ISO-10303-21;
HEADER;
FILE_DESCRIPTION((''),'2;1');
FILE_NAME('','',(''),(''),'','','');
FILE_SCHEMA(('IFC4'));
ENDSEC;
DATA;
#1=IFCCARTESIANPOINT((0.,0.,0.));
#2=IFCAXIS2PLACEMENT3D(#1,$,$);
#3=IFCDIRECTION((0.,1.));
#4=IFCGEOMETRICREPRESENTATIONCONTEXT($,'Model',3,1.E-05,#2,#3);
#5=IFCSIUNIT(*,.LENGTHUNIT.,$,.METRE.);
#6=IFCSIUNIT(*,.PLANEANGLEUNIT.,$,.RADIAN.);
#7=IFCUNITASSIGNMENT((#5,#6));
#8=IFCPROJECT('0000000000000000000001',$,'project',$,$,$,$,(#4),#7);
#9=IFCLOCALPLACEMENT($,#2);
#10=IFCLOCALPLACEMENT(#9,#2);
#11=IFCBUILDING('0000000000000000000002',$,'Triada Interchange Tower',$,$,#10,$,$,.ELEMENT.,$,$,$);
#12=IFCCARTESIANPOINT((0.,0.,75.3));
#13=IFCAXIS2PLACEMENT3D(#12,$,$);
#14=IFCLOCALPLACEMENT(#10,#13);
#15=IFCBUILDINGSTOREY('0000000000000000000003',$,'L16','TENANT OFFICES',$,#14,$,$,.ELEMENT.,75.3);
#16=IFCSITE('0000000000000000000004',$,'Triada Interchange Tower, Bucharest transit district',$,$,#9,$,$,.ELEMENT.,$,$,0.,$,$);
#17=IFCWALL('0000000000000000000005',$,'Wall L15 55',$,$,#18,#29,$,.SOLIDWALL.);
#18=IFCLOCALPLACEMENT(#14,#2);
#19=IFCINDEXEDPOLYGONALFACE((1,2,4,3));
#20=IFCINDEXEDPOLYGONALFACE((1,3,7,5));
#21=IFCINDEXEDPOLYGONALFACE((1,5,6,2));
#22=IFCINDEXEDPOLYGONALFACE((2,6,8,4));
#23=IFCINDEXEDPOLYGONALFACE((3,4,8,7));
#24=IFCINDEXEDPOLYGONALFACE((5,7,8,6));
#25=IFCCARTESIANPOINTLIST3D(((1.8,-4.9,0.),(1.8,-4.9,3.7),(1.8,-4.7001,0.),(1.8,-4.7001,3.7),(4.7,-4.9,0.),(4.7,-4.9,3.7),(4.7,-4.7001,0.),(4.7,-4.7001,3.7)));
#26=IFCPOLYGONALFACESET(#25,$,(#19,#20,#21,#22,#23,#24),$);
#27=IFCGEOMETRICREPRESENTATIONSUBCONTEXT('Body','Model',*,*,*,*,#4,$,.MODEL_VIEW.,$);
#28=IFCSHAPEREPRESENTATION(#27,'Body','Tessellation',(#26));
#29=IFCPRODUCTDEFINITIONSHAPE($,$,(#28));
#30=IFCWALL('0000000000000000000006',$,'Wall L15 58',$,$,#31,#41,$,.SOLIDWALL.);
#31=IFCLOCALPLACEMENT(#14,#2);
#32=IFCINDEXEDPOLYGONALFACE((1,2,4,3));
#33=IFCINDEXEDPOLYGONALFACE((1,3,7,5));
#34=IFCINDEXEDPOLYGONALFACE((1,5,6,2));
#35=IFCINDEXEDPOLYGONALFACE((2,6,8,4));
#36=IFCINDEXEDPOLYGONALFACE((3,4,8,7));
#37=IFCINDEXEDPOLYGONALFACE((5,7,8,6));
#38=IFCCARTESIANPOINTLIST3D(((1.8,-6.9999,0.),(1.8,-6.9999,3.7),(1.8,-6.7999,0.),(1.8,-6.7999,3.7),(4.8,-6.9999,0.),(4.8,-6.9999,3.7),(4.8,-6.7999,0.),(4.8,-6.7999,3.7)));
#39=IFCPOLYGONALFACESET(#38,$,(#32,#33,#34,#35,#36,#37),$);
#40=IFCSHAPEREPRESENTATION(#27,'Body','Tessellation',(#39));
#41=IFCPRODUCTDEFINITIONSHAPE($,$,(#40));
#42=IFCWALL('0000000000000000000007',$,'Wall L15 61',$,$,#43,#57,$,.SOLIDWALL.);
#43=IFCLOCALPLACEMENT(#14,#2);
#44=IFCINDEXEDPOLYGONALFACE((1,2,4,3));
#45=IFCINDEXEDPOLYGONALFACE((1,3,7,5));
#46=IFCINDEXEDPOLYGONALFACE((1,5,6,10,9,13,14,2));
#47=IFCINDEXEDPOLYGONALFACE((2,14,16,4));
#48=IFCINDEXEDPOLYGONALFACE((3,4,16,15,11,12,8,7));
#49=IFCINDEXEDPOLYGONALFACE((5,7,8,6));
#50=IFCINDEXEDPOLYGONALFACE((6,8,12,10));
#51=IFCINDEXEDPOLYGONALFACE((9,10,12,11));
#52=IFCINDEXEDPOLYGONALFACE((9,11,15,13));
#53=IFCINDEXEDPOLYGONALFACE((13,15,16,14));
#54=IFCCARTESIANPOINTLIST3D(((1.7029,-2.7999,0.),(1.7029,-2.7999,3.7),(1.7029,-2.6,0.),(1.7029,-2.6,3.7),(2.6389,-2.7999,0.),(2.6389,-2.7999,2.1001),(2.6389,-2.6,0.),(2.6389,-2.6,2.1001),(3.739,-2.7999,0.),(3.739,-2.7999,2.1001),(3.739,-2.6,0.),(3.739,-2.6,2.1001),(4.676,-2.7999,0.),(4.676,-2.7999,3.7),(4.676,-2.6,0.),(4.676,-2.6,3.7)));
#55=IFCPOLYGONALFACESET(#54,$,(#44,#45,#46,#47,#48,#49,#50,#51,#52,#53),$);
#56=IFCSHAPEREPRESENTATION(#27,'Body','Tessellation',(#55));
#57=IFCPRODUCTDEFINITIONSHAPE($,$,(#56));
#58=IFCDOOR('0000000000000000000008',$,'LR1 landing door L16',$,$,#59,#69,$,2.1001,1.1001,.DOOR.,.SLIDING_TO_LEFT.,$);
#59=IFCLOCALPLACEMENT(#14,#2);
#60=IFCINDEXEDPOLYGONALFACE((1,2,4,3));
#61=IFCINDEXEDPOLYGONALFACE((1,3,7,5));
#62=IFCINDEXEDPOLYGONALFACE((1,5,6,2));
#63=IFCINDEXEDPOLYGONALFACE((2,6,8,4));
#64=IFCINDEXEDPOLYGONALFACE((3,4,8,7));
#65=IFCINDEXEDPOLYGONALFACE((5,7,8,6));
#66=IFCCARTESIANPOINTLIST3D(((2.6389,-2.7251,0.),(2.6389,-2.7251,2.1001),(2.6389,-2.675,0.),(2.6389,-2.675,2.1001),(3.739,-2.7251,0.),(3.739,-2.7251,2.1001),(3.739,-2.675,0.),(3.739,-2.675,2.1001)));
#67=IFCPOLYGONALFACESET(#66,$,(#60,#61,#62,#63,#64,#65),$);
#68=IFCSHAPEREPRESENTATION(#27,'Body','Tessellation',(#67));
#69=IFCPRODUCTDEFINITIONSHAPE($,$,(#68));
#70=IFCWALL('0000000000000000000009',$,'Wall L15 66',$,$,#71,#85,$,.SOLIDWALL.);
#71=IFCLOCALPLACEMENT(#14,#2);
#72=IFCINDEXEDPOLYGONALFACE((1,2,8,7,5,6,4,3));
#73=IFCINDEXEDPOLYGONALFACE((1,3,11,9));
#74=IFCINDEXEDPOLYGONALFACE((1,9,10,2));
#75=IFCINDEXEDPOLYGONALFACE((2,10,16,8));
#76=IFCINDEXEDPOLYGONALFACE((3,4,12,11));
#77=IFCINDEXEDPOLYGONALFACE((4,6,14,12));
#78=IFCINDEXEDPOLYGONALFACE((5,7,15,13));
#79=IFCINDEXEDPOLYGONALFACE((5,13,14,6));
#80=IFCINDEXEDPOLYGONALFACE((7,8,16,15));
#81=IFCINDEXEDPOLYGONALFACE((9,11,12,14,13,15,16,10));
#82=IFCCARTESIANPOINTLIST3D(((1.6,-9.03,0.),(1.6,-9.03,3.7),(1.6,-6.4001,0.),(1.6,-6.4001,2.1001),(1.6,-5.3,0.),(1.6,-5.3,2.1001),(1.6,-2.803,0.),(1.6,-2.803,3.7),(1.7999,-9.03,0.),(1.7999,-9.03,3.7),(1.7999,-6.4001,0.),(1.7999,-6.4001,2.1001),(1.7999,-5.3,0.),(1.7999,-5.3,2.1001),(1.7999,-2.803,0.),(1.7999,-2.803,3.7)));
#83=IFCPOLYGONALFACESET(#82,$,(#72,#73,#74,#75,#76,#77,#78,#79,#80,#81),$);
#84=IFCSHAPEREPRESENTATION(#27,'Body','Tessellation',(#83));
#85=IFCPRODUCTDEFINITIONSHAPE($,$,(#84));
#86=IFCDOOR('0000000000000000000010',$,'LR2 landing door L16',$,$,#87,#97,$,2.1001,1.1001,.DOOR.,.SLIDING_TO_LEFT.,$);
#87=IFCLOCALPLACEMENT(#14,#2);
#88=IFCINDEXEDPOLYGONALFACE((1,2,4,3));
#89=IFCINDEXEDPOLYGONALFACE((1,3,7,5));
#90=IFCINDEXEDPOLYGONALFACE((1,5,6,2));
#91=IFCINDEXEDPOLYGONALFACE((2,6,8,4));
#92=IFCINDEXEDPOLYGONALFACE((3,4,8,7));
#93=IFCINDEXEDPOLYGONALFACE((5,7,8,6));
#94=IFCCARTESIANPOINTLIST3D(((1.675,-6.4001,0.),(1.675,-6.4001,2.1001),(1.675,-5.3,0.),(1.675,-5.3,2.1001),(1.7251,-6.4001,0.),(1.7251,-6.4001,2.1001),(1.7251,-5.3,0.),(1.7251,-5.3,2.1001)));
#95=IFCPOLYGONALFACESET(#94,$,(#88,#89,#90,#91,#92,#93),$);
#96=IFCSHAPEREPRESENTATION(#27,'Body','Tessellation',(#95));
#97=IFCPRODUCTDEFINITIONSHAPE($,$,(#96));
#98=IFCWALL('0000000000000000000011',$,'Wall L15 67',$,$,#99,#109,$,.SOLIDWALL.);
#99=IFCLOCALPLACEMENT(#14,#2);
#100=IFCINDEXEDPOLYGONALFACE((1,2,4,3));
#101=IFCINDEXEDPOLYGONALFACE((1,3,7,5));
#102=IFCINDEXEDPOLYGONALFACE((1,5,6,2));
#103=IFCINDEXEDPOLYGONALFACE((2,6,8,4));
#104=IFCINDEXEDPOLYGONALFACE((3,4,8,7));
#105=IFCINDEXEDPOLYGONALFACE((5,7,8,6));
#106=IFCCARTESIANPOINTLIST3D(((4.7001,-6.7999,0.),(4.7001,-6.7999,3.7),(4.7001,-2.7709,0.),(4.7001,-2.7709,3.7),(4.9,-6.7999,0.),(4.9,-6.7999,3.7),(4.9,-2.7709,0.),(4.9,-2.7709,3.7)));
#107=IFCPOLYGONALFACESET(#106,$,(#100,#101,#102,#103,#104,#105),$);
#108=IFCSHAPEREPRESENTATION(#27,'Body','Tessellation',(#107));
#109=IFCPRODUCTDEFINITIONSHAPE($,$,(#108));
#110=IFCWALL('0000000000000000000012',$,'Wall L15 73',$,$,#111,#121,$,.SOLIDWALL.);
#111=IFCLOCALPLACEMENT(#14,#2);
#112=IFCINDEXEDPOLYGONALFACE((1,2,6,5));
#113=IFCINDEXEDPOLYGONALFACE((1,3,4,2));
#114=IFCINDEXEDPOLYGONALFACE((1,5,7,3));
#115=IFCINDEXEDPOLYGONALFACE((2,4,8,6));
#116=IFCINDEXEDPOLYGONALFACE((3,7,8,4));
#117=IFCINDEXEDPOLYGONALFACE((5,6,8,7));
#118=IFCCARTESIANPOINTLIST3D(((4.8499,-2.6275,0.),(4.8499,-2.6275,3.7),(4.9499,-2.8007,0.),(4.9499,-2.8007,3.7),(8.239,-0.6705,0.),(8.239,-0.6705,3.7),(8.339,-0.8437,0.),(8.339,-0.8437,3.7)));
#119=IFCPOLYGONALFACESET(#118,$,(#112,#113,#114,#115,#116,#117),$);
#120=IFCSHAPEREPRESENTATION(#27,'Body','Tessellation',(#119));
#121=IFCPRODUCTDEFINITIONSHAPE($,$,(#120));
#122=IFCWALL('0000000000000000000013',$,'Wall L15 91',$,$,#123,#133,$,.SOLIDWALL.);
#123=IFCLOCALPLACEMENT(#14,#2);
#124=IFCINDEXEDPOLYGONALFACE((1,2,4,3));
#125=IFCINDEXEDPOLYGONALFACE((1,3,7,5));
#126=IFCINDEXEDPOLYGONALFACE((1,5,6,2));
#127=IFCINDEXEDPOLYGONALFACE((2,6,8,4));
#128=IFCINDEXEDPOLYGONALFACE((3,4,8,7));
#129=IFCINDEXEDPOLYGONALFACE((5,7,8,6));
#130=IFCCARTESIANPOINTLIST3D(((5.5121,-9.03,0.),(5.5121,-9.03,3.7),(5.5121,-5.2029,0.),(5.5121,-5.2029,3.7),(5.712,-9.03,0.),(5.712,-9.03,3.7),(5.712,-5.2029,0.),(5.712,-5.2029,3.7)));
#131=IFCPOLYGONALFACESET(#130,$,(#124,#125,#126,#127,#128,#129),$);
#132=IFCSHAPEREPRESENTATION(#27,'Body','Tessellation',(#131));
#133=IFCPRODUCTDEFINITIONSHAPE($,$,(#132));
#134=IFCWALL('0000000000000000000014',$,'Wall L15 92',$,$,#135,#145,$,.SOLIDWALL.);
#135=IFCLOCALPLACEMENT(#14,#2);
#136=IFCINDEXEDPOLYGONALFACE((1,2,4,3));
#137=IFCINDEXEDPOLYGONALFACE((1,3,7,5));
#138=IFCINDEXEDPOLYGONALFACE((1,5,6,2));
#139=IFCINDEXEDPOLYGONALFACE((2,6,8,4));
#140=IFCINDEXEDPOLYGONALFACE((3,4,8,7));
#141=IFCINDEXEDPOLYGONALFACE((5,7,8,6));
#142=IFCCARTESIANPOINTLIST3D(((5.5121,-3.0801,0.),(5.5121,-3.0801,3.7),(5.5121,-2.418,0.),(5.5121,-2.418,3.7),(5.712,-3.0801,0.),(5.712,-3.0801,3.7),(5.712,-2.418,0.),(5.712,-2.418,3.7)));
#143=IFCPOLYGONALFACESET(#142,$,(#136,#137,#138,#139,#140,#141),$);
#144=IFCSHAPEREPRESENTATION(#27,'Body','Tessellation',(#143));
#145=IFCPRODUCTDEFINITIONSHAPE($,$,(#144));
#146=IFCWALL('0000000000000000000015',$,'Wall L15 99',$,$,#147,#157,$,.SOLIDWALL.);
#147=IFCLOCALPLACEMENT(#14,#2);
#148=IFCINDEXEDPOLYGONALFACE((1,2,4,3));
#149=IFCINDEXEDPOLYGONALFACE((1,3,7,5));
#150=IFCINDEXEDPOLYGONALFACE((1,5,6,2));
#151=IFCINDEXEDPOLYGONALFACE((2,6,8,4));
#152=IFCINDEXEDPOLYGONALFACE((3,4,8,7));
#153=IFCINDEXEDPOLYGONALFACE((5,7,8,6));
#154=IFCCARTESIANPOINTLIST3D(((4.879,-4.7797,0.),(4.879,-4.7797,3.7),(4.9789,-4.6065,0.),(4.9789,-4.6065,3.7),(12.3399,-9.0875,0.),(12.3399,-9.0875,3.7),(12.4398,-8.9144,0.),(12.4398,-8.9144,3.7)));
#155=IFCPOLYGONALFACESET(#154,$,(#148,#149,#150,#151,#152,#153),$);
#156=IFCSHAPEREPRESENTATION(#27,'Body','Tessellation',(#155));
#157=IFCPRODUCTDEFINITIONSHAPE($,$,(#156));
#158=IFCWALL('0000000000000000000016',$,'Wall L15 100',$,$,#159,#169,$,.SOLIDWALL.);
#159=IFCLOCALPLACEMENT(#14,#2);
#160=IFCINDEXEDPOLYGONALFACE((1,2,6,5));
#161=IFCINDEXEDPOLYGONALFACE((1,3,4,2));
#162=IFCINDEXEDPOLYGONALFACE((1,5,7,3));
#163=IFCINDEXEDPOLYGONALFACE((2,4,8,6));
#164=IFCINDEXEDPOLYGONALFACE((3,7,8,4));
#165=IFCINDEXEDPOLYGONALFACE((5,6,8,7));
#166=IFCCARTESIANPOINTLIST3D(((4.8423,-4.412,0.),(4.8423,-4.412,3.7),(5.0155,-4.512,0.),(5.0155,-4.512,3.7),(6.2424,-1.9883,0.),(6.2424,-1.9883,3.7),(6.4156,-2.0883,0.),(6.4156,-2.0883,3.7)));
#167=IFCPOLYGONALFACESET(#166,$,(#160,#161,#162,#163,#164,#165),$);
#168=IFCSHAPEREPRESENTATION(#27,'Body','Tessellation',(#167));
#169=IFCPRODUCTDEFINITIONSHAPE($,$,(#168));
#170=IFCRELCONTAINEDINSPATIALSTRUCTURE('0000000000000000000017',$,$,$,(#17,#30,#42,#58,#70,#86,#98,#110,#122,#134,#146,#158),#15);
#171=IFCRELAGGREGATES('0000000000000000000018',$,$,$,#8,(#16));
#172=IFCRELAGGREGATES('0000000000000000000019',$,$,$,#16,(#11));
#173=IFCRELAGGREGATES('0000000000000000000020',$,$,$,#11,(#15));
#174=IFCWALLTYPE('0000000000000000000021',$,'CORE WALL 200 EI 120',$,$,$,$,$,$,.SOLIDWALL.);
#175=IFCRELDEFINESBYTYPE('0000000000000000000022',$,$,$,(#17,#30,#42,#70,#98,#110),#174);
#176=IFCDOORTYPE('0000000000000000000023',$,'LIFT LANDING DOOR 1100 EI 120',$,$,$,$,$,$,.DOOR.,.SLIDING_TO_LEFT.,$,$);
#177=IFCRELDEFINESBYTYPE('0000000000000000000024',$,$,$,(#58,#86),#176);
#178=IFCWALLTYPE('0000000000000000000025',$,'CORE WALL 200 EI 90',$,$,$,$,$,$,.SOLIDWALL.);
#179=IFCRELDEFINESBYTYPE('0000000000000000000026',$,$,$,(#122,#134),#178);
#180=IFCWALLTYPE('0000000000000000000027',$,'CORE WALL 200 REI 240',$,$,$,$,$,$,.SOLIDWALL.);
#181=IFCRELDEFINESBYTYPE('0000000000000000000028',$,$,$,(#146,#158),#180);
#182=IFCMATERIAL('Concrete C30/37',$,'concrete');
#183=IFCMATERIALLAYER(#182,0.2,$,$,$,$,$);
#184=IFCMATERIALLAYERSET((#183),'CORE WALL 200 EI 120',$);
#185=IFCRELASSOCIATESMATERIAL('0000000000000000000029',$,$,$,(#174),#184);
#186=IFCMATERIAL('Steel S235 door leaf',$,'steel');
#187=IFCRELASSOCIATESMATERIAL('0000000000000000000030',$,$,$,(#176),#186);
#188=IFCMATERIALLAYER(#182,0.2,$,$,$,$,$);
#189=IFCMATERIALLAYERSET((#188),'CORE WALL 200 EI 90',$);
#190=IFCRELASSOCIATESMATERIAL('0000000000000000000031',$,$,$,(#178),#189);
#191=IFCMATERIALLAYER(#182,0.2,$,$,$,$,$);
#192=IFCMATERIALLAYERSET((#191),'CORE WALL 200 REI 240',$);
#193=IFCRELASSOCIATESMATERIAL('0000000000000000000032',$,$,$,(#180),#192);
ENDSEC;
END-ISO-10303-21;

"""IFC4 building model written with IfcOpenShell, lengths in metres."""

from ifc_helpers import new_model, si_unit, direction, frame, frame_2d, origin, place, context, subcontext, project, spatial, rectangle, extrude, material, layer, layer_set, type_object, element, fill, save


model = new_model("IFC4")

# Units and contexts
model_context = context("Model", 3, precision=1e-05, world=origin(), true_north=direction((0.0, 1.0)))
body_context = subcontext(model_context, "Body", "Model", "MODEL_VIEW")
ifc_project = project(units=[si_unit("LENGTHUNIT", "METRE"), si_unit("PLANEANGLEUNIT", "RADIAN")], contexts=[model_context])

# Site, building, storey
site_placement = place(None, origin())
site = spatial("IfcSite", under=ifc_project, at=site_placement, Name="Triada Interchange Tower, Bucharest transit district", CompositionType="ELEMENT", RefElevation=0.0)
building_placement = place(site_placement, origin())
building = spatial("IfcBuilding", under=site, at=building_placement, Name="Triada Interchange Tower", CompositionType="ELEMENT")
storey_placement = place(building_placement, frame((0.0, 0.0, 75.3)))
storey = spatial("IfcBuildingStorey", under=building, at=storey_placement, Name="L16", Description="TENANT OFFICES", CompositionType="ELEMENT", Elevation=75.3)

# Walls
ifc_material_1 = material(Name="Concrete C30/37", Category="concrete")
ifc_layer_1 = layer(ifc_material_1, 0.2)
ifc_layer_set_1 = layer_set([ifc_layer_1], Name="CORE WALL 200 EI 120")
wall_type_1 = type_object("IfcWallType", Name="CORE WALL 200 EI 120", PredefinedType="SOLIDWALL", material=ifc_layer_set_1)
wall_1_placement = place(storey_placement, frame((1.8, -4.8, 0.0), z_axis=(0.0, 0.0, 1.0), x_axis=(1.0, 0.0, 0.0)))
element("IfcWall", 1, at=wall_1_placement, inside=storey, type_object=wall_type_1, Name="Wall L15 55", PredefinedType="SOLIDWALL", context=body_context, shape_type="SweptSolid", body=[
    extrude(rectangle(XDim=2.8999, YDim=0.2, at=frame_2d((1.45, 0.0))), origin(), (0.0, 0.0, 1.0), 3.7),
])
wall_2_placement = place(storey_placement, frame((1.8, -6.8999, 0.0), z_axis=(0.0, 0.0, 1.0), x_axis=(1.0, 0.0, 0.0)))
element("IfcWall", 2, at=wall_2_placement, inside=storey, type_object=wall_type_1, Name="Wall L15 58", PredefinedType="SOLIDWALL", context=body_context, shape_type="SweptSolid", body=[
    extrude(rectangle(XDim=3.0, YDim=0.2, at=frame_2d((1.5, 0.0))), origin(), (0.0, 0.0, 1.0), 3.7),
])

# Walls, openings, doors
wall_3_placement = place(storey_placement, frame((1.7029, -2.7, 0.0), z_axis=(0.0, 0.0, 1.0), x_axis=(1.0, 0.0, 0.0)))
wall_3 = element("IfcWall", 3, at=wall_3_placement, inside=storey, type_object=wall_type_1, Name="Wall L15 61", PredefinedType="SOLIDWALL", context=body_context, shape_type="SweptSolid", body=[
    extrude(rectangle(XDim=2.9731, YDim=0.2, at=frame_2d((1.4866, 0.0))), origin(), (0.0, 0.0, 1.0), 3.7),
])
opening_1_placement = place(wall_3_placement, frame((0.936, 0.0, 0.0)))
opening_1 = element("IfcOpeningElement", 4, at=opening_1_placement, cuts=wall_3, PredefinedType="OPENING", context=body_context, shape_type="SweptSolid", body=[
    extrude(rectangle(XDim=1.1001, YDim=2.1001, at=frame_2d((0.55, 1.05))), frame((0.0, 0.1099, 0.0), z_axis=(0.0, -1.0, 0.0), x_axis=(1.0, 0.0, 0.0)), (0.0, 0.0, 1.0), 0.22),
])
ifc_material_2 = material(Name="Steel S235 door leaf", Category="steel")
door_type_1 = type_object("IfcDoorType", Name="LIFT LANDING DOOR 1100 EI 120", OperationType="SLIDING_TO_LEFT", PredefinedType="DOOR", material=ifc_material_2)
door_1_placement = place(opening_1_placement, origin())
door_1 = element("IfcDoor", 5, at=door_1_placement, inside=storey, type_object=door_type_1, Name="LR1 landing door L16", OperationType="SLIDING_TO_LEFT", OverallHeight=2.1001, OverallWidth=1.1001, PredefinedType="DOOR", context=body_context, shape_type="SweptSolid", body=[
    extrude(rectangle(XDim=1.1001, YDim=2.1001, at=frame_2d((0.55, 1.05))), frame((0.0, 0.0249, 0.0), z_axis=(0.0, -1.0, 0.0), x_axis=(1.0, 0.0, 0.0)), (0.0, 0.0, 1.0), 0.05),
])
fill(opening_1, door_1)
wall_4_placement = place(storey_placement, frame((1.7, -9.03, 0.0), z_axis=(0.0, 0.0, 1.0), x_axis=(0.0, 1.0, 0.0)))
wall_4 = element("IfcWall", 6, at=wall_4_placement, inside=storey, type_object=wall_type_1, Name="Wall L15 66", PredefinedType="SOLIDWALL", context=body_context, shape_type="SweptSolid", body=[
    extrude(rectangle(XDim=6.2271, YDim=0.2, at=frame_2d((3.1135, 0.0))), origin(), (0.0, 0.0, 1.0), 3.7),
])
opening_2_placement = place(wall_4_placement, frame((2.6299, 0.0, 0.0)))
opening_2 = element("IfcOpeningElement", 7, at=opening_2_placement, cuts=wall_4, PredefinedType="OPENING", context=body_context, shape_type="SweptSolid", body=[
    extrude(rectangle(XDim=1.1001, YDim=2.1001, at=frame_2d((0.55, 1.05))), frame((0.0, 0.1099, 0.0), z_axis=(0.0, -1.0, 0.0), x_axis=(1.0, 0.0, 0.0)), (0.0, 0.0, 1.0), 0.22),
])
door_2_placement = place(opening_2_placement, origin())
door_2 = element("IfcDoor", 8, at=door_2_placement, inside=storey, type_object=door_type_1, Name="LR2 landing door L16", OperationType="SLIDING_TO_LEFT", OverallHeight=2.1001, OverallWidth=1.1001, PredefinedType="DOOR", context=body_context, shape_type="SweptSolid", body=[
    extrude(rectangle(XDim=1.1001, YDim=2.1001, at=frame_2d((0.55, 1.05))), frame((0.0, 0.0249, 0.0), z_axis=(0.0, -1.0, 0.0), x_axis=(1.0, 0.0, 0.0)), (0.0, 0.0, 1.0), 0.05),
])
fill(opening_2, door_2)

# Walls
wall_5_placement = place(storey_placement, frame((4.8, -6.8, 0.0), z_axis=(0.0, 0.0, 1.0), x_axis=(0.0, 1.0, 0.0)))
element("IfcWall", 9, at=wall_5_placement, inside=storey, type_object=wall_type_1, Name="Wall L15 67", PredefinedType="SOLIDWALL", context=body_context, shape_type="SweptSolid", body=[
    extrude(rectangle(XDim=4.0291, YDim=0.2, at=frame_2d((2.0146, 0.0))), origin(), (0.0, 0.0, 1.0), 3.7),
])
wall_6_placement = place(storey_placement, frame((4.8999, -2.7141, 0.0), z_axis=(0.0, 0.0, 1.0), x_axis=(0.865992, 0.500057, 0.0)))
element("IfcWall", 10, at=wall_6_placement, inside=storey, type_object=wall_type_1, Name="Wall L15 73", PredefinedType="SOLIDWALL", context=body_context, shape_type="SweptSolid", body=[
    extrude(rectangle(XDim=3.9136, YDim=0.2, at=frame_2d((1.9568, 0.0))), origin(), (0.0, 0.0, 1.0), 3.7),
])
ifc_layer_2 = layer(ifc_material_1, 0.2)
ifc_layer_set_2 = layer_set([ifc_layer_2], Name="CORE WALL 200 EI 90")
wall_type_2 = type_object("IfcWallType", Name="CORE WALL 200 EI 90", PredefinedType="SOLIDWALL", material=ifc_layer_set_2)
wall_7_placement = place(storey_placement, frame((5.6121, -9.03, 0.0), z_axis=(0.0, 0.0, 1.0), x_axis=(0.0, 1.0, 0.0)))
element("IfcWall", 11, at=wall_7_placement, inside=storey, type_object=wall_type_2, Name="Wall L15 91", PredefinedType="SOLIDWALL", context=body_context, shape_type="SweptSolid", body=[
    extrude(rectangle(XDim=3.8271, YDim=0.2, at=frame_2d((1.9136, 0.0))), origin(), (0.0, 0.0, 1.0), 3.7),
])
wall_8_placement = place(storey_placement, frame((5.6121, -3.0801, 0.0), z_axis=(0.0, 0.0, 1.0), x_axis=(0.0, 1.0, 0.0)))
element("IfcWall", 12, at=wall_8_placement, inside=storey, type_object=wall_type_2, Name="Wall L15 92", PredefinedType="SOLIDWALL", context=body_context, shape_type="SweptSolid", body=[
    extrude(rectangle(XDim=0.6621, YDim=0.2, at=frame_2d((0.3311, 0.0))), origin(), (0.0, 0.0, 1.0), 3.7),
])
ifc_layer_3 = layer(ifc_material_1, 0.2)
ifc_layer_set_3 = layer_set([ifc_layer_3], Name="CORE WALL 200 REI 240")
wall_type_3 = type_object("IfcWallType", Name="CORE WALL 200 REI 240", PredefinedType="SOLIDWALL", material=ifc_layer_set_3)
wall_9_placement = place(storey_placement, frame((4.929, -4.6931, 0.0), z_axis=(0.0, 0.0, 1.0), x_axis=(0.866011, -0.500025, 0.0)))
element("IfcWall", 13, at=wall_9_placement, inside=storey, type_object=wall_type_3, Name="Wall L15 99", PredefinedType="SOLIDWALL", context=body_context, shape_type="SweptSolid", body=[
    extrude(rectangle(XDim=8.6152, YDim=0.2, at=frame_2d((4.3076, 0.0))), origin(), (0.0, 0.0, 1.0), 3.7),
])
wall_10_placement = place(storey_placement, frame((4.929, -4.4619, 0.0), z_axis=(0.0, 0.0, 1.0), x_axis=(0.500201, 0.86591, 0.0)))
element("IfcWall", 14, at=wall_10_placement, inside=storey, type_object=wall_type_3, Name="Wall L15 100", PredefinedType="SOLIDWALL", context=body_context, shape_type="SweptSolid", body=[
    extrude(rectangle(XDim=2.7991, YDim=0.2, at=frame_2d((1.3994, 0.0))), origin(), (0.0, 0.0, 1.0), 3.7),
])

save(model, "model.ifc")
